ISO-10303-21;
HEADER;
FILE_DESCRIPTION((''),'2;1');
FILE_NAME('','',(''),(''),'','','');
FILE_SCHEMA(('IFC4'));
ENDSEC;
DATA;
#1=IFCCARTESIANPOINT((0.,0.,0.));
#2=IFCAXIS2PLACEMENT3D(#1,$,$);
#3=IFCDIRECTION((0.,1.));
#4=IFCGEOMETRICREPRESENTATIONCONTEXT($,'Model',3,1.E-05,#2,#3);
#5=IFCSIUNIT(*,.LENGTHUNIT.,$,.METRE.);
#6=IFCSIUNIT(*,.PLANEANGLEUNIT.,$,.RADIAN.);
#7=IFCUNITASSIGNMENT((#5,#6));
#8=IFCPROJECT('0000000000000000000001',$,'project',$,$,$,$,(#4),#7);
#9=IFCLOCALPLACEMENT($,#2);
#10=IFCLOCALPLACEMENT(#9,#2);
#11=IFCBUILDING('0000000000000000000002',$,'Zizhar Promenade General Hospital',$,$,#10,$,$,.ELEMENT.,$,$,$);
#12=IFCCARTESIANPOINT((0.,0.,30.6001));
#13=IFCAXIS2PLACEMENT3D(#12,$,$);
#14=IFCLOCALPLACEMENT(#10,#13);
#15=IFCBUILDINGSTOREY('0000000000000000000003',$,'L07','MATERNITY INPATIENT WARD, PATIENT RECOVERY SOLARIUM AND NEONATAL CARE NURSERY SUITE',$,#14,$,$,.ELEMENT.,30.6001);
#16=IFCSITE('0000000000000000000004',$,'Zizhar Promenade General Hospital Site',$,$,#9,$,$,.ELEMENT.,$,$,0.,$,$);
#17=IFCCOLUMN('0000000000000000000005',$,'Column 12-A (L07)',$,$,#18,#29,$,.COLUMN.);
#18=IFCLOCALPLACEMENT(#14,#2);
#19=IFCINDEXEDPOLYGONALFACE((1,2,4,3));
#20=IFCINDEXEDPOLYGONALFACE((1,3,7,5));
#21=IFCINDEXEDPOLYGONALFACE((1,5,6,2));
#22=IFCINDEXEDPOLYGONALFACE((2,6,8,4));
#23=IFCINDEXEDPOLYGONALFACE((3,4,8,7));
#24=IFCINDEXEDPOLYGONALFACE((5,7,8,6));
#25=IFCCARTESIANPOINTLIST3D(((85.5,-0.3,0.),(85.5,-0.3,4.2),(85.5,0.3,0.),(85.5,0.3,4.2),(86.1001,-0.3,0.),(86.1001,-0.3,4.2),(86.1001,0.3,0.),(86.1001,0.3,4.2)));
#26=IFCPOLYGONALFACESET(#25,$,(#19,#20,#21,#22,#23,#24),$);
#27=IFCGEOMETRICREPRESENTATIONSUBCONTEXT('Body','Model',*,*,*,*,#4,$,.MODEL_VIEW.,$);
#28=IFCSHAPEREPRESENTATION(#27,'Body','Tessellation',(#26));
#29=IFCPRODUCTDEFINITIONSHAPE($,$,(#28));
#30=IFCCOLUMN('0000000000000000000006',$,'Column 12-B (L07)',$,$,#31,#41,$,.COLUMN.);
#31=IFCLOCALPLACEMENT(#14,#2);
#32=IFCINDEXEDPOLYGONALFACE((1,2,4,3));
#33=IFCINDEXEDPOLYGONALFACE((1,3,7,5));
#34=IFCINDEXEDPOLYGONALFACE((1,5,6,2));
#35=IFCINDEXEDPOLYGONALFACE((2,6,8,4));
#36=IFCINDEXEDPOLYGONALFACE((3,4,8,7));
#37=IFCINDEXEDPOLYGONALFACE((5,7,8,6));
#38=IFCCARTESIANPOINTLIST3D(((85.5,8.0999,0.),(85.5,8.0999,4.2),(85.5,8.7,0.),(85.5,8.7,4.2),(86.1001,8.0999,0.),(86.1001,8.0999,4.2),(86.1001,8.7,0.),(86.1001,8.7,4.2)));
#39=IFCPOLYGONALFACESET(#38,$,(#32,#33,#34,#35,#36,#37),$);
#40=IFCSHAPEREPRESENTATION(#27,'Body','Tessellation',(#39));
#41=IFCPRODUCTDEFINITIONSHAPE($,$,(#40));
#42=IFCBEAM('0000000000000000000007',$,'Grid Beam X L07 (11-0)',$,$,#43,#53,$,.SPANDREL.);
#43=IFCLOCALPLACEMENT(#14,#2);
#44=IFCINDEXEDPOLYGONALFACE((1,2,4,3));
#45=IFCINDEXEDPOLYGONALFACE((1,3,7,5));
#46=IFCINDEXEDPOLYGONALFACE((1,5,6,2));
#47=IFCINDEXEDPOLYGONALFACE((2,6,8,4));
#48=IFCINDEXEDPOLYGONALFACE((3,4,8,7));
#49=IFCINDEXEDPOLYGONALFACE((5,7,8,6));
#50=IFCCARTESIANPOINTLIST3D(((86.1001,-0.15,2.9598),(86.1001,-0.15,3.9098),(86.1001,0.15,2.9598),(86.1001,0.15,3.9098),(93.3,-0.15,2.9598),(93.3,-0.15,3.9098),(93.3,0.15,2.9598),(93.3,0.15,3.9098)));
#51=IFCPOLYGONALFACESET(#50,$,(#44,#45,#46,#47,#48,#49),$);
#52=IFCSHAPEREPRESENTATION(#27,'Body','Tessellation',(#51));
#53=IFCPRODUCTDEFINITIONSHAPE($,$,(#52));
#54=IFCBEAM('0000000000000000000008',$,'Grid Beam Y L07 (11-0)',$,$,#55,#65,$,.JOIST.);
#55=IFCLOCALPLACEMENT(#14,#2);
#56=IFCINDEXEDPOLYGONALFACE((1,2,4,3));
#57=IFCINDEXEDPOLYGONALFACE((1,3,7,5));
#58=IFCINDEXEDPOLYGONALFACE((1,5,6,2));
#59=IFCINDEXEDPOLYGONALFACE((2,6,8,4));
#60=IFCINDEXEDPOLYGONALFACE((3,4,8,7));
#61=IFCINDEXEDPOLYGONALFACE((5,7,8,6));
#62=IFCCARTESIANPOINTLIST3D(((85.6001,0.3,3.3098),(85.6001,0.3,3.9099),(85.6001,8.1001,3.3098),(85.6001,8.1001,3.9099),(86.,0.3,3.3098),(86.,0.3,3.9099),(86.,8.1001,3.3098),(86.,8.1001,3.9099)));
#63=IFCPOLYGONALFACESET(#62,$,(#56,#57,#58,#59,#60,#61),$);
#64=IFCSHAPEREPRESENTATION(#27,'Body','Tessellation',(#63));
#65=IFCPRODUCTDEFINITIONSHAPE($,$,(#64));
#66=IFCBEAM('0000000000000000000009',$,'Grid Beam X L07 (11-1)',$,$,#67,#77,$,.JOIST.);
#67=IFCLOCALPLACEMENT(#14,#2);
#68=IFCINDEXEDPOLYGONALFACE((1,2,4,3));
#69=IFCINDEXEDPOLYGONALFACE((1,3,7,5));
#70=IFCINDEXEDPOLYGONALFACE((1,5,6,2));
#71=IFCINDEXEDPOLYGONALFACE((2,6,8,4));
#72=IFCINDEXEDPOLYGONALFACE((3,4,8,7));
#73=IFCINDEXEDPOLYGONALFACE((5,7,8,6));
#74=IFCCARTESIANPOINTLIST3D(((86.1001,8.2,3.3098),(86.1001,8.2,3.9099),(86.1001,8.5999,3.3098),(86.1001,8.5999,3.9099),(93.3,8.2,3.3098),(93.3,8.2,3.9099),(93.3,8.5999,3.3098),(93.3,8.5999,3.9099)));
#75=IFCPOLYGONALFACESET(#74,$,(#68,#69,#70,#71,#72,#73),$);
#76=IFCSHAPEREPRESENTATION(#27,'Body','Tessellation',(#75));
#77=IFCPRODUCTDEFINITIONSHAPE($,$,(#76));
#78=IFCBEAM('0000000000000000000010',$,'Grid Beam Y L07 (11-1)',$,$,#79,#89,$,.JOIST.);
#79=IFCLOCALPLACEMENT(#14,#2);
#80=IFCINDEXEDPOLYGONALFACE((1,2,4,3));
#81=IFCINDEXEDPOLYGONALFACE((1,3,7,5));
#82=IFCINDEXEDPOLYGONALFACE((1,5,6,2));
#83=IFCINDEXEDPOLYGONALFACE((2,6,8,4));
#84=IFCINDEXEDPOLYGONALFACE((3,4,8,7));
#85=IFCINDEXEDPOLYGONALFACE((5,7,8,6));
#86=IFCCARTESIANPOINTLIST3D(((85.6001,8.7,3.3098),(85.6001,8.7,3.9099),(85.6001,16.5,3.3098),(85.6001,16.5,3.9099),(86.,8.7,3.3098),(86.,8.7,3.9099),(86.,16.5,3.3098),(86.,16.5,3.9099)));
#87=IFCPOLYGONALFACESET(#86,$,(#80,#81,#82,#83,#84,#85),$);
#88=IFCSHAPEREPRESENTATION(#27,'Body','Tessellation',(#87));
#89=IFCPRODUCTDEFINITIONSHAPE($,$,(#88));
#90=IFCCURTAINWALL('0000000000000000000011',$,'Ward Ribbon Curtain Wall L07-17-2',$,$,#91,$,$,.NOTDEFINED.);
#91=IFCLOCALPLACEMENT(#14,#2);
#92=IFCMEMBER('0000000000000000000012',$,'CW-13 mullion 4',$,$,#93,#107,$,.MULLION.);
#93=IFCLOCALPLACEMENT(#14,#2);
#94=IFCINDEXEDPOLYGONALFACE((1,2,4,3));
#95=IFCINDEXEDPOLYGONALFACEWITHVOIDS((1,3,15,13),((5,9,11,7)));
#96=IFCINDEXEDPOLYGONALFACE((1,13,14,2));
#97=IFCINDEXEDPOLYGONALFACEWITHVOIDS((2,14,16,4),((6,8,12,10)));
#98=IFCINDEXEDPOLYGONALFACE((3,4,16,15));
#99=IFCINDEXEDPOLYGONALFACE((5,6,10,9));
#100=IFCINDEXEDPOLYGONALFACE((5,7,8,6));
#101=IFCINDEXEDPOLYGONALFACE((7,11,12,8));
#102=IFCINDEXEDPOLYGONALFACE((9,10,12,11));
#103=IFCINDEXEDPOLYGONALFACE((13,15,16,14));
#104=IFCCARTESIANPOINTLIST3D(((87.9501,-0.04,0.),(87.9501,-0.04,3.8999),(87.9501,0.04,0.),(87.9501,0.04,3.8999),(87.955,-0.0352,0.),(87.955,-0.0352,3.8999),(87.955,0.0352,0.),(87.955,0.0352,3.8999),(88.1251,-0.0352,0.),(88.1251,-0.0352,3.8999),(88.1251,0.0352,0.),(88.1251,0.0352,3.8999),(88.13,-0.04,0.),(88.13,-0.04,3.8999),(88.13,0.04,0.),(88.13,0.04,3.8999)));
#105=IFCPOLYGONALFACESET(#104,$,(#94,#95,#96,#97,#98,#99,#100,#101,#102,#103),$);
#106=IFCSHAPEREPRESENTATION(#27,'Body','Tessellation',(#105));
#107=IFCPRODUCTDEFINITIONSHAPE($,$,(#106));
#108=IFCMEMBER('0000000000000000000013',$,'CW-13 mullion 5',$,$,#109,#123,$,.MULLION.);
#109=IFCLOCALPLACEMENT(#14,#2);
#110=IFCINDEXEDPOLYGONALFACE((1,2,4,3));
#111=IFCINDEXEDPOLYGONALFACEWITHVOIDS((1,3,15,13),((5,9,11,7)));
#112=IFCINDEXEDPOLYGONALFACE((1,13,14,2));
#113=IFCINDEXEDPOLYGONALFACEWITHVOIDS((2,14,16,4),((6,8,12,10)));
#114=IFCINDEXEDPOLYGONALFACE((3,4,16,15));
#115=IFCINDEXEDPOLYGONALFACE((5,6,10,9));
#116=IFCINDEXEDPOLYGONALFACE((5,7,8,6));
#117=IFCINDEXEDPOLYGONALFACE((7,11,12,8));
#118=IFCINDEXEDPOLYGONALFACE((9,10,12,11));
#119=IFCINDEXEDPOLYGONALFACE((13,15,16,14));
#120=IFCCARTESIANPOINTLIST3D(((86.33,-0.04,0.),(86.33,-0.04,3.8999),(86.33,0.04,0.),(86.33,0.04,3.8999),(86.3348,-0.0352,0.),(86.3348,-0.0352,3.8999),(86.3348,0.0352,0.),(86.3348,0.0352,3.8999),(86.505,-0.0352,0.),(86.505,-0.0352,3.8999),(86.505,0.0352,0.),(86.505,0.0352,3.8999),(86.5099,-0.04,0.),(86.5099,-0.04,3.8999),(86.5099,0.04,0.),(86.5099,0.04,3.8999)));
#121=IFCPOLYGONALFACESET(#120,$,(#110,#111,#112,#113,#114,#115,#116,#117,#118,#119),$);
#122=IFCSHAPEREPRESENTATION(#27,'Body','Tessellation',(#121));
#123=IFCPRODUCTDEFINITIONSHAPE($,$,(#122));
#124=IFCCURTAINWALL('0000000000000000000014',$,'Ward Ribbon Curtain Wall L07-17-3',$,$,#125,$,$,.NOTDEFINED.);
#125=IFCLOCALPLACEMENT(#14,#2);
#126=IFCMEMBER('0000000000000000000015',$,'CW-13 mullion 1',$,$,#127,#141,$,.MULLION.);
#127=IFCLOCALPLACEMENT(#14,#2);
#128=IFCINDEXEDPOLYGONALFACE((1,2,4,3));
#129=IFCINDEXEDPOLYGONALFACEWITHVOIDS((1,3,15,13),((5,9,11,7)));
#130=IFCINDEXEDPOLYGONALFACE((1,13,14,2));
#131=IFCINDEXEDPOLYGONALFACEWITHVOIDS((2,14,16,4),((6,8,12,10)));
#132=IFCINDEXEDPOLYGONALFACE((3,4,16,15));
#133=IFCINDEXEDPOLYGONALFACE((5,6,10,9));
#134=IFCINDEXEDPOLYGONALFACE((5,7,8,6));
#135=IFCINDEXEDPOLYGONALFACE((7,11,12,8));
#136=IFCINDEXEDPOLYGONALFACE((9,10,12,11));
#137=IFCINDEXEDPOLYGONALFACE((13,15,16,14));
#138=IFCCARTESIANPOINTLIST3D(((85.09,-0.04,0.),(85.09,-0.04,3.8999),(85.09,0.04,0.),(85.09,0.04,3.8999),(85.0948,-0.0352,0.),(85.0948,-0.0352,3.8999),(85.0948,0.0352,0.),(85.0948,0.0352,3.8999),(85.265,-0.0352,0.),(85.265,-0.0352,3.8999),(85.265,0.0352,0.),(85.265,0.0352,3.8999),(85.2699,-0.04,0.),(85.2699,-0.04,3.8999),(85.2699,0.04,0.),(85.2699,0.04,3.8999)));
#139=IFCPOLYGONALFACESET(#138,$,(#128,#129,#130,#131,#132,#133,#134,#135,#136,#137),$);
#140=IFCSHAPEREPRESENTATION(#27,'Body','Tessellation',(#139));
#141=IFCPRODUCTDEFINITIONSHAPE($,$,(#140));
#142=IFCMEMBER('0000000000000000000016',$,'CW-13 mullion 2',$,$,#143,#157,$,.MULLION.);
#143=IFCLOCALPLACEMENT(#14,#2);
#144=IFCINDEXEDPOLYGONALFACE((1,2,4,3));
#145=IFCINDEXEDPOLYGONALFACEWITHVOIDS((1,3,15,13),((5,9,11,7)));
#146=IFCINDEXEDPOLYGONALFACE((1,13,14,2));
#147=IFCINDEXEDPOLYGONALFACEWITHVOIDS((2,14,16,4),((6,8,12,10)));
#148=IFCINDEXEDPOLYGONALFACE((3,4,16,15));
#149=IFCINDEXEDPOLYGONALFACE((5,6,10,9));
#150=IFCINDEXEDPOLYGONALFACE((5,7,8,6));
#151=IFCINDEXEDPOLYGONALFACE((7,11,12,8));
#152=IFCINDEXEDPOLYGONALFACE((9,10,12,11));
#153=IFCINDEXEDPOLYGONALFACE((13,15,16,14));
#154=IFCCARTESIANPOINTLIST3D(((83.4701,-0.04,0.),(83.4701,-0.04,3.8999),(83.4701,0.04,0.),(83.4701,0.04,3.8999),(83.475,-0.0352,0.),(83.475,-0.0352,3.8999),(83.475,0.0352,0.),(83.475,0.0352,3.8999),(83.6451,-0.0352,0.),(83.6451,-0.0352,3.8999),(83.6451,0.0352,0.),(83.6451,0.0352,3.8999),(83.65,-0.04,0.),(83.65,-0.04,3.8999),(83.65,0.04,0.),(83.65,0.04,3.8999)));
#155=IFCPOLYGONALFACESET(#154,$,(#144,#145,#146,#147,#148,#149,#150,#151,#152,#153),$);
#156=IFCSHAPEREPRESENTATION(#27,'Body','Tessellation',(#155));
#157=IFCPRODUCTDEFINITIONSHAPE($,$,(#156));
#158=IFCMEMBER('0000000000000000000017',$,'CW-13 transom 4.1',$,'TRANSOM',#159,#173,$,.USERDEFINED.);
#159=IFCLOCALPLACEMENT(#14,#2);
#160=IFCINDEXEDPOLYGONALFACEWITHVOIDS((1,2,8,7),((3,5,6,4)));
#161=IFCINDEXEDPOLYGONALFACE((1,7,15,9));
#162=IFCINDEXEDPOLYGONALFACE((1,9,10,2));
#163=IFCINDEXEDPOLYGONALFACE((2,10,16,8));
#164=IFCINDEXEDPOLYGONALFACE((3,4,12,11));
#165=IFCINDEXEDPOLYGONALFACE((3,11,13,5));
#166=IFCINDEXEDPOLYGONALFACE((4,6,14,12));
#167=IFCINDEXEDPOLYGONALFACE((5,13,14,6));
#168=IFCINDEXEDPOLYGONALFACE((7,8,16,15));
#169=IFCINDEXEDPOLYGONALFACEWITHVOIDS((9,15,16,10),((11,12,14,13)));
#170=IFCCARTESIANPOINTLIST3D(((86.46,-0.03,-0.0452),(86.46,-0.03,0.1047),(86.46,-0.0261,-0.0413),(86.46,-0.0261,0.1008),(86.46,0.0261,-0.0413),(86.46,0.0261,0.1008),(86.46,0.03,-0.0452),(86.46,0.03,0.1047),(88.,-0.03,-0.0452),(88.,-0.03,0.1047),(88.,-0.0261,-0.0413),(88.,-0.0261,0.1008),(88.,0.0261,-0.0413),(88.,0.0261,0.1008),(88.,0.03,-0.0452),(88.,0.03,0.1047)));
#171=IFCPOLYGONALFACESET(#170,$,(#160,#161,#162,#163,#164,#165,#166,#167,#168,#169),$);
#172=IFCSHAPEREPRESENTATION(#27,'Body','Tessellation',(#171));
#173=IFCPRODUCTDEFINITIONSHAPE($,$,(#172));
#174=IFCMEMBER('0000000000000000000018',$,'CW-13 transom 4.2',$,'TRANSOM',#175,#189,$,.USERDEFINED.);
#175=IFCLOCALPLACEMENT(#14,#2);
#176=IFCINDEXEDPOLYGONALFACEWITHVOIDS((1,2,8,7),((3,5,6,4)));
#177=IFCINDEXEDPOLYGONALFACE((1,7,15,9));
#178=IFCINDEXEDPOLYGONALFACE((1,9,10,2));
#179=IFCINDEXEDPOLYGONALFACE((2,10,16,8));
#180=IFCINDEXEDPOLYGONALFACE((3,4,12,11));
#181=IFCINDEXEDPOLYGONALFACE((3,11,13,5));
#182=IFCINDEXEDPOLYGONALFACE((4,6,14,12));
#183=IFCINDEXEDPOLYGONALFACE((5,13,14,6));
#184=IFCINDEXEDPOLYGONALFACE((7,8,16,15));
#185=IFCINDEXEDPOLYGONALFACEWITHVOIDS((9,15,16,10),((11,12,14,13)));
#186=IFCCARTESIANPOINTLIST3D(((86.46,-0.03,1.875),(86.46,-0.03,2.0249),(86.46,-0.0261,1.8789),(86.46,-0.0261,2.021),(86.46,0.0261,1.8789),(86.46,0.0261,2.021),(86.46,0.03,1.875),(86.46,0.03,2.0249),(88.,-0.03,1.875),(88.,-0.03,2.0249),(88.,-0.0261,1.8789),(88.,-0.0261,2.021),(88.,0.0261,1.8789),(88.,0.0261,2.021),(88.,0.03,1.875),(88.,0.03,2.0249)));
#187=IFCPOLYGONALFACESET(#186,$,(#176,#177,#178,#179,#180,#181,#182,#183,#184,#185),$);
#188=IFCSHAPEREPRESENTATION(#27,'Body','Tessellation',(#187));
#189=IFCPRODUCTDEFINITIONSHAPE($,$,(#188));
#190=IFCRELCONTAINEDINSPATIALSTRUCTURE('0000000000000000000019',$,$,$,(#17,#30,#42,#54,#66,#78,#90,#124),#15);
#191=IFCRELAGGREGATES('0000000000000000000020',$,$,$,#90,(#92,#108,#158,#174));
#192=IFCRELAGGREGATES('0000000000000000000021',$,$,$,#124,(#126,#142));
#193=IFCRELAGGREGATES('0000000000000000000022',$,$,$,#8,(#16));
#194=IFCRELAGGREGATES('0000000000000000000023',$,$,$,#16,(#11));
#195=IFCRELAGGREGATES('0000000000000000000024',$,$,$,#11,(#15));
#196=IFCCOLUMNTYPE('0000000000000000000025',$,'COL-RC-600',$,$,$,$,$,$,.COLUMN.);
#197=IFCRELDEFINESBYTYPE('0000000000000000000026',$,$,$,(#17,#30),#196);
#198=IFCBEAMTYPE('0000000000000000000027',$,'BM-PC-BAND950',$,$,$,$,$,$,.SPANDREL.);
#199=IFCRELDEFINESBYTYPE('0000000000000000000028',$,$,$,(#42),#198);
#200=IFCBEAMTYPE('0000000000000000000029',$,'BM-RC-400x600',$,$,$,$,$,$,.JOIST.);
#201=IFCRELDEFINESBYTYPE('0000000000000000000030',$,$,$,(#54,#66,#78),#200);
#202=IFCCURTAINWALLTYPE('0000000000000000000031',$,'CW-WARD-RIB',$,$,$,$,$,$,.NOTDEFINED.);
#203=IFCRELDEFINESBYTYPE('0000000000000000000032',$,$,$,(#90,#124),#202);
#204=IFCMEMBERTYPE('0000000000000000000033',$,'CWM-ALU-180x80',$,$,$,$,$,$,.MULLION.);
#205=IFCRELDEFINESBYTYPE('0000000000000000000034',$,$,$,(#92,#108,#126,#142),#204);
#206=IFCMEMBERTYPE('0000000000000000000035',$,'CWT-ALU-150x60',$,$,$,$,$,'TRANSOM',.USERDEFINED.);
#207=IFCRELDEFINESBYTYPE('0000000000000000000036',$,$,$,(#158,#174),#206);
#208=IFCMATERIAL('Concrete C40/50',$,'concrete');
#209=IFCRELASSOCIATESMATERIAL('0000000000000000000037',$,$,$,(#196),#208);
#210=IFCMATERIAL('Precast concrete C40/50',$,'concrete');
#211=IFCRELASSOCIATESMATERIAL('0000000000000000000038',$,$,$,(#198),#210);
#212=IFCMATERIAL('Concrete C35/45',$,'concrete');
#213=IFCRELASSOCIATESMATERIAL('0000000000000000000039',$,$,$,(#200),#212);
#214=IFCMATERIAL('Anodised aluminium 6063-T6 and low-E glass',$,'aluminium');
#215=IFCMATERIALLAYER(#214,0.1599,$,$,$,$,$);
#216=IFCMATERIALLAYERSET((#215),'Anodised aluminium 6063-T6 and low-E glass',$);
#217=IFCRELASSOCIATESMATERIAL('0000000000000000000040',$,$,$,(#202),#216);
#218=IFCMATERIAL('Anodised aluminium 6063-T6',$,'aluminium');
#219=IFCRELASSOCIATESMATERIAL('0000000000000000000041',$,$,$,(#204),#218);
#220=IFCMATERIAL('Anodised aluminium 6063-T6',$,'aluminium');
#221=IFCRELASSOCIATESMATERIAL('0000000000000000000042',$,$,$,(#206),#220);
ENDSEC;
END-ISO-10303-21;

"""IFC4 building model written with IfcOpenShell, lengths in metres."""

from ifc_helpers import new_model, si_unit, direction, frame, origin, origin_2d, place, context, subcontext, project, spatial, rectangle, hollow_rectangle, extrude, material, layer, layer_set, material_profile, profile_set, type_object, element, aggregate, save


model = new_model("IFC4")

# Units and contexts
model_context = context("Model", 3, precision=1e-05, world=origin(), true_north=direction((0.0, 1.0)))
body_context = subcontext(model_context, "Body", "Model", "MODEL_VIEW")
ifc_project = project(units=[si_unit("LENGTHUNIT", "METRE"), si_unit("PLANEANGLEUNIT", "RADIAN")], contexts=[model_context])

# Site, building, storey
site_placement = place(None, origin())
site = spatial("IfcSite", under=ifc_project, at=site_placement, Name="Zizhar Promenade General Hospital Site", CompositionType="ELEMENT", RefElevation=0.0)
building_placement = place(site_placement, origin())
building = spatial("IfcBuilding", under=site, at=building_placement, Name="Zizhar Promenade General Hospital", CompositionType="ELEMENT")
storey_placement = place(building_placement, frame((0.0, 0.0, 30.6001)))
storey = spatial("IfcBuildingStorey", under=building, at=storey_placement, Name="L07", Description="MATERNITY INPATIENT WARD, PATIENT RECOVERY SOLARIUM AND NEONATAL CARE NURSERY SUITE", CompositionType="ELEMENT", Elevation=30.6001)

# Columns
ifc_material_1 = material(Name="Concrete C40/50", Category="concrete")
ifc_material_profile_1 = material_profile(ifc_material_1, rectangle(XDim=0.6001, YDim=0.6001, at=origin_2d()))
ifc_profile_set_1 = profile_set([ifc_material_profile_1], Name="Concrete C40/50")
column_type = type_object("IfcColumnType", Name="COL-RC-600", PredefinedType="COLUMN", material=ifc_profile_set_1)
for number, where, z_axis, x_axis, name in (
    (1, (85.8, 0.0, 0.0), (0.0, 0.0, 1.0), (1.0, 0.0, 0.0), "Column 12-A (L07)"),
    (2, (85.8, 8.3999, 0.0), (0.0, 0.0, 1.0), (1.0, 0.0, 0.0), "Column 12-B (L07)"),
):
    element("IfcColumn", number, at=place(storey_placement, frame(where, z_axis=z_axis, x_axis=x_axis)), inside=storey, type_object=column_type, Name=name, PredefinedType="COLUMN", context=body_context, shape_type="SweptSolid", body=[
        extrude(rectangle(XDim=0.6001, YDim=0.6001, at=origin_2d()), origin(), (0.0, 0.0, 1.0), 4.2),
    ])

# Beams
ifc_material_2 = material(Name="Precast concrete C40/50", Category="concrete")
ifc_material_profile_2 = material_profile(ifc_material_2, rectangle(XDim=0.3, YDim=0.95, at=origin_2d()))
ifc_profile_set_2 = profile_set([ifc_material_profile_2], Name="Precast concrete C40/50")
beam_type_1 = type_object("IfcBeamType", Name="BM-PC-BAND950", PredefinedType="SPANDREL", material=ifc_profile_set_2)
beam_1_placement = place(storey_placement, frame((86.1001, 0.0, 3.4348), z_axis=(1.0, 0.0, 0.0), x_axis=(0.0, 1.0, 0.0)))
element("IfcBeam", 3, at=beam_1_placement, inside=storey, type_object=beam_type_1, Name="Grid Beam X L07 (11-0)", PredefinedType="SPANDREL", context=body_context, shape_type="SweptSolid", body=[
    extrude(rectangle(XDim=0.3, YDim=0.95, at=origin_2d()), origin(), (0.0, 0.0, 1.0), 7.2),
])
ifc_material_3 = material(Name="Concrete C35/45", Category="concrete")
ifc_material_profile_3 = material_profile(ifc_material_3, rectangle(XDim=0.3999, YDim=0.6001, at=origin_2d()))
ifc_profile_set_3 = profile_set([ifc_material_profile_3], Name="Concrete C35/45")
beam_type_2 = type_object("IfcBeamType", Name="BM-RC-400x600", PredefinedType="JOIST", material=ifc_profile_set_3)
beam_2_placement = place(storey_placement, frame((85.8, 0.3, 3.6099), z_axis=(0.0, 1.0, 0.0), x_axis=(-1.0, 0.0, 0.0)))
element("IfcBeam", 4, at=beam_2_placement, inside=storey, type_object=beam_type_2, Name="Grid Beam Y L07 (11-0)", PredefinedType="JOIST", context=body_context, shape_type="SweptSolid", body=[
    extrude(rectangle(XDim=0.3999, YDim=0.6001, at=origin_2d()), origin(), (0.0, 0.0, 1.0), 7.8),
])
beam_3_placement = place(storey_placement, frame((86.1001, 8.3999, 3.6099), z_axis=(1.0, 0.0, 0.0), x_axis=(0.0, 1.0, 0.0)))
element("IfcBeam", 5, at=beam_3_placement, inside=storey, type_object=beam_type_2, Name="Grid Beam X L07 (11-1)", PredefinedType="JOIST", context=body_context, shape_type="SweptSolid", body=[
    extrude(rectangle(XDim=0.3999, YDim=0.6001, at=origin_2d()), origin(), (0.0, 0.0, 1.0), 7.2),
])
beam_4_placement = place(storey_placement, frame((85.8, 8.7, 3.6099), z_axis=(0.0, 1.0, 0.0), x_axis=(-1.0, 0.0, 0.0)))
element("IfcBeam", 6, at=beam_4_placement, inside=storey, type_object=beam_type_2, Name="Grid Beam Y L07 (11-1)", PredefinedType="JOIST", context=body_context, shape_type="SweptSolid", body=[
    extrude(rectangle(XDim=0.3999, YDim=0.6001, at=origin_2d()), origin(), (0.0, 0.0, 1.0), 7.8),
])

# Curtain walls, members
ifc_material_4 = material(Name="Anodised aluminium 6063-T6 and low-E glass", Category="aluminium")
ifc_layer_1 = layer(ifc_material_4, 0.1599)
ifc_layer_set_1 = layer_set([ifc_layer_1], Name="Anodised aluminium 6063-T6 and low-E glass")
curtain_wall_type = type_object("IfcCurtainWallType", Name="CW-WARD-RIB", PredefinedType="NOTDEFINED", material=ifc_layer_set_1)
curtain_wall_1_placement = place(storey_placement, origin())
curtain_wall_1 = element("IfcCurtainWall", 7, at=curtain_wall_1_placement, inside=storey, type_object=curtain_wall_type, Name="Ward Ribbon Curtain Wall L07-17-2", PredefinedType="NOTDEFINED")
ifc_material_5 = material(Name="Anodised aluminium 6063-T6", Category="aluminium")
ifc_material_profile_4 = material_profile(ifc_material_5, hollow_rectangle(XDim=0.0801, YDim=0.1799, WallThickness=0.0049, at=origin_2d()))
ifc_profile_set_4 = profile_set([ifc_material_profile_4], Name="Anodised aluminium 6063-T6")
member_type_1 = type_object("IfcMemberType", Name="CWM-ALU-180x80", PredefinedType="MULLION", material=ifc_profile_set_4)
member_1_placement = place(storey_placement, frame((88.04, 0.0, 0.0), z_axis=(0.0, 0.0, 1.0), x_axis=(0.0, -1.0, 0.0)))
member_1 = element("IfcMember", 8, at=member_1_placement, type_object=member_type_1, Name="CW-13 mullion 4", PredefinedType="MULLION", context=body_context, shape_type="SweptSolid", body=[
    extrude(hollow_rectangle(XDim=0.0801, YDim=0.1799, WallThickness=0.0049, at=origin_2d()), origin(), (0.0, 0.0, 1.0), 3.8999),
])
member_2_placement = place(storey_placement, frame((86.4199, 0.0, 0.0), z_axis=(0.0, 0.0, 1.0), x_axis=(0.0, -1.0, 0.0)))
member_2 = element("IfcMember", 9, at=member_2_placement, type_object=member_type_1, Name="CW-13 mullion 5", PredefinedType="MULLION", context=body_context, shape_type="SweptSolid", body=[
    extrude(hollow_rectangle(XDim=0.0801, YDim=0.1799, WallThickness=0.0049, at=origin_2d()), origin(), (0.0, 0.0, 1.0), 3.8999),
])
curtain_wall_2_placement = place(storey_placement, origin())
curtain_wall_2 = element("IfcCurtainWall", 10, at=curtain_wall_2_placement, inside=storey, type_object=curtain_wall_type, Name="Ward Ribbon Curtain Wall L07-17-3", PredefinedType="NOTDEFINED")
member_3_placement = place(storey_placement, frame((85.1799, 0.0, 0.0), z_axis=(0.0, 0.0, 1.0), x_axis=(0.0, -1.0, 0.0)))
member_3 = element("IfcMember", 11, at=member_3_placement, type_object=member_type_1, Name="CW-13 mullion 1", PredefinedType="MULLION", context=body_context, shape_type="SweptSolid", body=[
    extrude(hollow_rectangle(XDim=0.0801, YDim=0.1799, WallThickness=0.0049, at=origin_2d()), origin(), (0.0, 0.0, 1.0), 3.8999),
])
member_4_placement = place(storey_placement, frame((83.5601, 0.0, 0.0), z_axis=(0.0, 0.0, 1.0), x_axis=(0.0, -1.0, 0.0)))
member_4 = element("IfcMember", 12, at=member_4_placement, type_object=member_type_1, Name="CW-13 mullion 2", PredefinedType="MULLION", context=body_context, shape_type="SweptSolid", body=[
    extrude(hollow_rectangle(XDim=0.0801, YDim=0.1799, WallThickness=0.0049, at=origin_2d()), origin(), (0.0, 0.0, 1.0), 3.8999),
])

# Members
ifc_material_6 = material(Name="Anodised aluminium 6063-T6", Category="aluminium")
ifc_material_profile_5 = material_profile(ifc_material_6, hollow_rectangle(XDim=0.0601, YDim=0.1499, WallThickness=0.0039, at=origin_2d()))
ifc_profile_set_5 = profile_set([ifc_material_profile_5], Name="Anodised aluminium 6063-T6")
member_type_2 = type_object("IfcMemberType", Name="CWT-ALU-150x60", ElementType="TRANSOM", PredefinedType="USERDEFINED", material=ifc_profile_set_5)
member_5_placement = place(storey_placement, frame((88.0, 0.0, 0.0298), z_axis=(-1.0, 0.0, 0.0), x_axis=(0.0, -1.0, 0.0)))
member_5 = element("IfcMember", 13, at=member_5_placement, type_object=member_type_2, Name="CW-13 transom 4.1", ObjectType="TRANSOM", PredefinedType="USERDEFINED", context=body_context, shape_type="SweptSolid", body=[
    extrude(hollow_rectangle(XDim=0.0601, YDim=0.1499, WallThickness=0.0039, at=origin_2d()), origin(), (0.0, 0.0, 1.0), 1.54),
])
member_6_placement = place(storey_placement, frame((88.0, 0.0, 1.95), z_axis=(-1.0, 0.0, 0.0), x_axis=(0.0, -1.0, 0.0)))
member_6 = element("IfcMember", 14, at=member_6_placement, type_object=member_type_2, Name="CW-13 transom 4.2", ObjectType="TRANSOM", PredefinedType="USERDEFINED", context=body_context, shape_type="SweptSolid", body=[
    extrude(hollow_rectangle(XDim=0.0601, YDim=0.1499, WallThickness=0.0039, at=origin_2d()), origin(), (0.0, 0.0, 1.0), 1.54),
])

aggregate(curtain_wall_1, [member_1, member_2, member_5, member_6])
aggregate(curtain_wall_2, [member_3, member_4])

save(model, "model.ifc")
